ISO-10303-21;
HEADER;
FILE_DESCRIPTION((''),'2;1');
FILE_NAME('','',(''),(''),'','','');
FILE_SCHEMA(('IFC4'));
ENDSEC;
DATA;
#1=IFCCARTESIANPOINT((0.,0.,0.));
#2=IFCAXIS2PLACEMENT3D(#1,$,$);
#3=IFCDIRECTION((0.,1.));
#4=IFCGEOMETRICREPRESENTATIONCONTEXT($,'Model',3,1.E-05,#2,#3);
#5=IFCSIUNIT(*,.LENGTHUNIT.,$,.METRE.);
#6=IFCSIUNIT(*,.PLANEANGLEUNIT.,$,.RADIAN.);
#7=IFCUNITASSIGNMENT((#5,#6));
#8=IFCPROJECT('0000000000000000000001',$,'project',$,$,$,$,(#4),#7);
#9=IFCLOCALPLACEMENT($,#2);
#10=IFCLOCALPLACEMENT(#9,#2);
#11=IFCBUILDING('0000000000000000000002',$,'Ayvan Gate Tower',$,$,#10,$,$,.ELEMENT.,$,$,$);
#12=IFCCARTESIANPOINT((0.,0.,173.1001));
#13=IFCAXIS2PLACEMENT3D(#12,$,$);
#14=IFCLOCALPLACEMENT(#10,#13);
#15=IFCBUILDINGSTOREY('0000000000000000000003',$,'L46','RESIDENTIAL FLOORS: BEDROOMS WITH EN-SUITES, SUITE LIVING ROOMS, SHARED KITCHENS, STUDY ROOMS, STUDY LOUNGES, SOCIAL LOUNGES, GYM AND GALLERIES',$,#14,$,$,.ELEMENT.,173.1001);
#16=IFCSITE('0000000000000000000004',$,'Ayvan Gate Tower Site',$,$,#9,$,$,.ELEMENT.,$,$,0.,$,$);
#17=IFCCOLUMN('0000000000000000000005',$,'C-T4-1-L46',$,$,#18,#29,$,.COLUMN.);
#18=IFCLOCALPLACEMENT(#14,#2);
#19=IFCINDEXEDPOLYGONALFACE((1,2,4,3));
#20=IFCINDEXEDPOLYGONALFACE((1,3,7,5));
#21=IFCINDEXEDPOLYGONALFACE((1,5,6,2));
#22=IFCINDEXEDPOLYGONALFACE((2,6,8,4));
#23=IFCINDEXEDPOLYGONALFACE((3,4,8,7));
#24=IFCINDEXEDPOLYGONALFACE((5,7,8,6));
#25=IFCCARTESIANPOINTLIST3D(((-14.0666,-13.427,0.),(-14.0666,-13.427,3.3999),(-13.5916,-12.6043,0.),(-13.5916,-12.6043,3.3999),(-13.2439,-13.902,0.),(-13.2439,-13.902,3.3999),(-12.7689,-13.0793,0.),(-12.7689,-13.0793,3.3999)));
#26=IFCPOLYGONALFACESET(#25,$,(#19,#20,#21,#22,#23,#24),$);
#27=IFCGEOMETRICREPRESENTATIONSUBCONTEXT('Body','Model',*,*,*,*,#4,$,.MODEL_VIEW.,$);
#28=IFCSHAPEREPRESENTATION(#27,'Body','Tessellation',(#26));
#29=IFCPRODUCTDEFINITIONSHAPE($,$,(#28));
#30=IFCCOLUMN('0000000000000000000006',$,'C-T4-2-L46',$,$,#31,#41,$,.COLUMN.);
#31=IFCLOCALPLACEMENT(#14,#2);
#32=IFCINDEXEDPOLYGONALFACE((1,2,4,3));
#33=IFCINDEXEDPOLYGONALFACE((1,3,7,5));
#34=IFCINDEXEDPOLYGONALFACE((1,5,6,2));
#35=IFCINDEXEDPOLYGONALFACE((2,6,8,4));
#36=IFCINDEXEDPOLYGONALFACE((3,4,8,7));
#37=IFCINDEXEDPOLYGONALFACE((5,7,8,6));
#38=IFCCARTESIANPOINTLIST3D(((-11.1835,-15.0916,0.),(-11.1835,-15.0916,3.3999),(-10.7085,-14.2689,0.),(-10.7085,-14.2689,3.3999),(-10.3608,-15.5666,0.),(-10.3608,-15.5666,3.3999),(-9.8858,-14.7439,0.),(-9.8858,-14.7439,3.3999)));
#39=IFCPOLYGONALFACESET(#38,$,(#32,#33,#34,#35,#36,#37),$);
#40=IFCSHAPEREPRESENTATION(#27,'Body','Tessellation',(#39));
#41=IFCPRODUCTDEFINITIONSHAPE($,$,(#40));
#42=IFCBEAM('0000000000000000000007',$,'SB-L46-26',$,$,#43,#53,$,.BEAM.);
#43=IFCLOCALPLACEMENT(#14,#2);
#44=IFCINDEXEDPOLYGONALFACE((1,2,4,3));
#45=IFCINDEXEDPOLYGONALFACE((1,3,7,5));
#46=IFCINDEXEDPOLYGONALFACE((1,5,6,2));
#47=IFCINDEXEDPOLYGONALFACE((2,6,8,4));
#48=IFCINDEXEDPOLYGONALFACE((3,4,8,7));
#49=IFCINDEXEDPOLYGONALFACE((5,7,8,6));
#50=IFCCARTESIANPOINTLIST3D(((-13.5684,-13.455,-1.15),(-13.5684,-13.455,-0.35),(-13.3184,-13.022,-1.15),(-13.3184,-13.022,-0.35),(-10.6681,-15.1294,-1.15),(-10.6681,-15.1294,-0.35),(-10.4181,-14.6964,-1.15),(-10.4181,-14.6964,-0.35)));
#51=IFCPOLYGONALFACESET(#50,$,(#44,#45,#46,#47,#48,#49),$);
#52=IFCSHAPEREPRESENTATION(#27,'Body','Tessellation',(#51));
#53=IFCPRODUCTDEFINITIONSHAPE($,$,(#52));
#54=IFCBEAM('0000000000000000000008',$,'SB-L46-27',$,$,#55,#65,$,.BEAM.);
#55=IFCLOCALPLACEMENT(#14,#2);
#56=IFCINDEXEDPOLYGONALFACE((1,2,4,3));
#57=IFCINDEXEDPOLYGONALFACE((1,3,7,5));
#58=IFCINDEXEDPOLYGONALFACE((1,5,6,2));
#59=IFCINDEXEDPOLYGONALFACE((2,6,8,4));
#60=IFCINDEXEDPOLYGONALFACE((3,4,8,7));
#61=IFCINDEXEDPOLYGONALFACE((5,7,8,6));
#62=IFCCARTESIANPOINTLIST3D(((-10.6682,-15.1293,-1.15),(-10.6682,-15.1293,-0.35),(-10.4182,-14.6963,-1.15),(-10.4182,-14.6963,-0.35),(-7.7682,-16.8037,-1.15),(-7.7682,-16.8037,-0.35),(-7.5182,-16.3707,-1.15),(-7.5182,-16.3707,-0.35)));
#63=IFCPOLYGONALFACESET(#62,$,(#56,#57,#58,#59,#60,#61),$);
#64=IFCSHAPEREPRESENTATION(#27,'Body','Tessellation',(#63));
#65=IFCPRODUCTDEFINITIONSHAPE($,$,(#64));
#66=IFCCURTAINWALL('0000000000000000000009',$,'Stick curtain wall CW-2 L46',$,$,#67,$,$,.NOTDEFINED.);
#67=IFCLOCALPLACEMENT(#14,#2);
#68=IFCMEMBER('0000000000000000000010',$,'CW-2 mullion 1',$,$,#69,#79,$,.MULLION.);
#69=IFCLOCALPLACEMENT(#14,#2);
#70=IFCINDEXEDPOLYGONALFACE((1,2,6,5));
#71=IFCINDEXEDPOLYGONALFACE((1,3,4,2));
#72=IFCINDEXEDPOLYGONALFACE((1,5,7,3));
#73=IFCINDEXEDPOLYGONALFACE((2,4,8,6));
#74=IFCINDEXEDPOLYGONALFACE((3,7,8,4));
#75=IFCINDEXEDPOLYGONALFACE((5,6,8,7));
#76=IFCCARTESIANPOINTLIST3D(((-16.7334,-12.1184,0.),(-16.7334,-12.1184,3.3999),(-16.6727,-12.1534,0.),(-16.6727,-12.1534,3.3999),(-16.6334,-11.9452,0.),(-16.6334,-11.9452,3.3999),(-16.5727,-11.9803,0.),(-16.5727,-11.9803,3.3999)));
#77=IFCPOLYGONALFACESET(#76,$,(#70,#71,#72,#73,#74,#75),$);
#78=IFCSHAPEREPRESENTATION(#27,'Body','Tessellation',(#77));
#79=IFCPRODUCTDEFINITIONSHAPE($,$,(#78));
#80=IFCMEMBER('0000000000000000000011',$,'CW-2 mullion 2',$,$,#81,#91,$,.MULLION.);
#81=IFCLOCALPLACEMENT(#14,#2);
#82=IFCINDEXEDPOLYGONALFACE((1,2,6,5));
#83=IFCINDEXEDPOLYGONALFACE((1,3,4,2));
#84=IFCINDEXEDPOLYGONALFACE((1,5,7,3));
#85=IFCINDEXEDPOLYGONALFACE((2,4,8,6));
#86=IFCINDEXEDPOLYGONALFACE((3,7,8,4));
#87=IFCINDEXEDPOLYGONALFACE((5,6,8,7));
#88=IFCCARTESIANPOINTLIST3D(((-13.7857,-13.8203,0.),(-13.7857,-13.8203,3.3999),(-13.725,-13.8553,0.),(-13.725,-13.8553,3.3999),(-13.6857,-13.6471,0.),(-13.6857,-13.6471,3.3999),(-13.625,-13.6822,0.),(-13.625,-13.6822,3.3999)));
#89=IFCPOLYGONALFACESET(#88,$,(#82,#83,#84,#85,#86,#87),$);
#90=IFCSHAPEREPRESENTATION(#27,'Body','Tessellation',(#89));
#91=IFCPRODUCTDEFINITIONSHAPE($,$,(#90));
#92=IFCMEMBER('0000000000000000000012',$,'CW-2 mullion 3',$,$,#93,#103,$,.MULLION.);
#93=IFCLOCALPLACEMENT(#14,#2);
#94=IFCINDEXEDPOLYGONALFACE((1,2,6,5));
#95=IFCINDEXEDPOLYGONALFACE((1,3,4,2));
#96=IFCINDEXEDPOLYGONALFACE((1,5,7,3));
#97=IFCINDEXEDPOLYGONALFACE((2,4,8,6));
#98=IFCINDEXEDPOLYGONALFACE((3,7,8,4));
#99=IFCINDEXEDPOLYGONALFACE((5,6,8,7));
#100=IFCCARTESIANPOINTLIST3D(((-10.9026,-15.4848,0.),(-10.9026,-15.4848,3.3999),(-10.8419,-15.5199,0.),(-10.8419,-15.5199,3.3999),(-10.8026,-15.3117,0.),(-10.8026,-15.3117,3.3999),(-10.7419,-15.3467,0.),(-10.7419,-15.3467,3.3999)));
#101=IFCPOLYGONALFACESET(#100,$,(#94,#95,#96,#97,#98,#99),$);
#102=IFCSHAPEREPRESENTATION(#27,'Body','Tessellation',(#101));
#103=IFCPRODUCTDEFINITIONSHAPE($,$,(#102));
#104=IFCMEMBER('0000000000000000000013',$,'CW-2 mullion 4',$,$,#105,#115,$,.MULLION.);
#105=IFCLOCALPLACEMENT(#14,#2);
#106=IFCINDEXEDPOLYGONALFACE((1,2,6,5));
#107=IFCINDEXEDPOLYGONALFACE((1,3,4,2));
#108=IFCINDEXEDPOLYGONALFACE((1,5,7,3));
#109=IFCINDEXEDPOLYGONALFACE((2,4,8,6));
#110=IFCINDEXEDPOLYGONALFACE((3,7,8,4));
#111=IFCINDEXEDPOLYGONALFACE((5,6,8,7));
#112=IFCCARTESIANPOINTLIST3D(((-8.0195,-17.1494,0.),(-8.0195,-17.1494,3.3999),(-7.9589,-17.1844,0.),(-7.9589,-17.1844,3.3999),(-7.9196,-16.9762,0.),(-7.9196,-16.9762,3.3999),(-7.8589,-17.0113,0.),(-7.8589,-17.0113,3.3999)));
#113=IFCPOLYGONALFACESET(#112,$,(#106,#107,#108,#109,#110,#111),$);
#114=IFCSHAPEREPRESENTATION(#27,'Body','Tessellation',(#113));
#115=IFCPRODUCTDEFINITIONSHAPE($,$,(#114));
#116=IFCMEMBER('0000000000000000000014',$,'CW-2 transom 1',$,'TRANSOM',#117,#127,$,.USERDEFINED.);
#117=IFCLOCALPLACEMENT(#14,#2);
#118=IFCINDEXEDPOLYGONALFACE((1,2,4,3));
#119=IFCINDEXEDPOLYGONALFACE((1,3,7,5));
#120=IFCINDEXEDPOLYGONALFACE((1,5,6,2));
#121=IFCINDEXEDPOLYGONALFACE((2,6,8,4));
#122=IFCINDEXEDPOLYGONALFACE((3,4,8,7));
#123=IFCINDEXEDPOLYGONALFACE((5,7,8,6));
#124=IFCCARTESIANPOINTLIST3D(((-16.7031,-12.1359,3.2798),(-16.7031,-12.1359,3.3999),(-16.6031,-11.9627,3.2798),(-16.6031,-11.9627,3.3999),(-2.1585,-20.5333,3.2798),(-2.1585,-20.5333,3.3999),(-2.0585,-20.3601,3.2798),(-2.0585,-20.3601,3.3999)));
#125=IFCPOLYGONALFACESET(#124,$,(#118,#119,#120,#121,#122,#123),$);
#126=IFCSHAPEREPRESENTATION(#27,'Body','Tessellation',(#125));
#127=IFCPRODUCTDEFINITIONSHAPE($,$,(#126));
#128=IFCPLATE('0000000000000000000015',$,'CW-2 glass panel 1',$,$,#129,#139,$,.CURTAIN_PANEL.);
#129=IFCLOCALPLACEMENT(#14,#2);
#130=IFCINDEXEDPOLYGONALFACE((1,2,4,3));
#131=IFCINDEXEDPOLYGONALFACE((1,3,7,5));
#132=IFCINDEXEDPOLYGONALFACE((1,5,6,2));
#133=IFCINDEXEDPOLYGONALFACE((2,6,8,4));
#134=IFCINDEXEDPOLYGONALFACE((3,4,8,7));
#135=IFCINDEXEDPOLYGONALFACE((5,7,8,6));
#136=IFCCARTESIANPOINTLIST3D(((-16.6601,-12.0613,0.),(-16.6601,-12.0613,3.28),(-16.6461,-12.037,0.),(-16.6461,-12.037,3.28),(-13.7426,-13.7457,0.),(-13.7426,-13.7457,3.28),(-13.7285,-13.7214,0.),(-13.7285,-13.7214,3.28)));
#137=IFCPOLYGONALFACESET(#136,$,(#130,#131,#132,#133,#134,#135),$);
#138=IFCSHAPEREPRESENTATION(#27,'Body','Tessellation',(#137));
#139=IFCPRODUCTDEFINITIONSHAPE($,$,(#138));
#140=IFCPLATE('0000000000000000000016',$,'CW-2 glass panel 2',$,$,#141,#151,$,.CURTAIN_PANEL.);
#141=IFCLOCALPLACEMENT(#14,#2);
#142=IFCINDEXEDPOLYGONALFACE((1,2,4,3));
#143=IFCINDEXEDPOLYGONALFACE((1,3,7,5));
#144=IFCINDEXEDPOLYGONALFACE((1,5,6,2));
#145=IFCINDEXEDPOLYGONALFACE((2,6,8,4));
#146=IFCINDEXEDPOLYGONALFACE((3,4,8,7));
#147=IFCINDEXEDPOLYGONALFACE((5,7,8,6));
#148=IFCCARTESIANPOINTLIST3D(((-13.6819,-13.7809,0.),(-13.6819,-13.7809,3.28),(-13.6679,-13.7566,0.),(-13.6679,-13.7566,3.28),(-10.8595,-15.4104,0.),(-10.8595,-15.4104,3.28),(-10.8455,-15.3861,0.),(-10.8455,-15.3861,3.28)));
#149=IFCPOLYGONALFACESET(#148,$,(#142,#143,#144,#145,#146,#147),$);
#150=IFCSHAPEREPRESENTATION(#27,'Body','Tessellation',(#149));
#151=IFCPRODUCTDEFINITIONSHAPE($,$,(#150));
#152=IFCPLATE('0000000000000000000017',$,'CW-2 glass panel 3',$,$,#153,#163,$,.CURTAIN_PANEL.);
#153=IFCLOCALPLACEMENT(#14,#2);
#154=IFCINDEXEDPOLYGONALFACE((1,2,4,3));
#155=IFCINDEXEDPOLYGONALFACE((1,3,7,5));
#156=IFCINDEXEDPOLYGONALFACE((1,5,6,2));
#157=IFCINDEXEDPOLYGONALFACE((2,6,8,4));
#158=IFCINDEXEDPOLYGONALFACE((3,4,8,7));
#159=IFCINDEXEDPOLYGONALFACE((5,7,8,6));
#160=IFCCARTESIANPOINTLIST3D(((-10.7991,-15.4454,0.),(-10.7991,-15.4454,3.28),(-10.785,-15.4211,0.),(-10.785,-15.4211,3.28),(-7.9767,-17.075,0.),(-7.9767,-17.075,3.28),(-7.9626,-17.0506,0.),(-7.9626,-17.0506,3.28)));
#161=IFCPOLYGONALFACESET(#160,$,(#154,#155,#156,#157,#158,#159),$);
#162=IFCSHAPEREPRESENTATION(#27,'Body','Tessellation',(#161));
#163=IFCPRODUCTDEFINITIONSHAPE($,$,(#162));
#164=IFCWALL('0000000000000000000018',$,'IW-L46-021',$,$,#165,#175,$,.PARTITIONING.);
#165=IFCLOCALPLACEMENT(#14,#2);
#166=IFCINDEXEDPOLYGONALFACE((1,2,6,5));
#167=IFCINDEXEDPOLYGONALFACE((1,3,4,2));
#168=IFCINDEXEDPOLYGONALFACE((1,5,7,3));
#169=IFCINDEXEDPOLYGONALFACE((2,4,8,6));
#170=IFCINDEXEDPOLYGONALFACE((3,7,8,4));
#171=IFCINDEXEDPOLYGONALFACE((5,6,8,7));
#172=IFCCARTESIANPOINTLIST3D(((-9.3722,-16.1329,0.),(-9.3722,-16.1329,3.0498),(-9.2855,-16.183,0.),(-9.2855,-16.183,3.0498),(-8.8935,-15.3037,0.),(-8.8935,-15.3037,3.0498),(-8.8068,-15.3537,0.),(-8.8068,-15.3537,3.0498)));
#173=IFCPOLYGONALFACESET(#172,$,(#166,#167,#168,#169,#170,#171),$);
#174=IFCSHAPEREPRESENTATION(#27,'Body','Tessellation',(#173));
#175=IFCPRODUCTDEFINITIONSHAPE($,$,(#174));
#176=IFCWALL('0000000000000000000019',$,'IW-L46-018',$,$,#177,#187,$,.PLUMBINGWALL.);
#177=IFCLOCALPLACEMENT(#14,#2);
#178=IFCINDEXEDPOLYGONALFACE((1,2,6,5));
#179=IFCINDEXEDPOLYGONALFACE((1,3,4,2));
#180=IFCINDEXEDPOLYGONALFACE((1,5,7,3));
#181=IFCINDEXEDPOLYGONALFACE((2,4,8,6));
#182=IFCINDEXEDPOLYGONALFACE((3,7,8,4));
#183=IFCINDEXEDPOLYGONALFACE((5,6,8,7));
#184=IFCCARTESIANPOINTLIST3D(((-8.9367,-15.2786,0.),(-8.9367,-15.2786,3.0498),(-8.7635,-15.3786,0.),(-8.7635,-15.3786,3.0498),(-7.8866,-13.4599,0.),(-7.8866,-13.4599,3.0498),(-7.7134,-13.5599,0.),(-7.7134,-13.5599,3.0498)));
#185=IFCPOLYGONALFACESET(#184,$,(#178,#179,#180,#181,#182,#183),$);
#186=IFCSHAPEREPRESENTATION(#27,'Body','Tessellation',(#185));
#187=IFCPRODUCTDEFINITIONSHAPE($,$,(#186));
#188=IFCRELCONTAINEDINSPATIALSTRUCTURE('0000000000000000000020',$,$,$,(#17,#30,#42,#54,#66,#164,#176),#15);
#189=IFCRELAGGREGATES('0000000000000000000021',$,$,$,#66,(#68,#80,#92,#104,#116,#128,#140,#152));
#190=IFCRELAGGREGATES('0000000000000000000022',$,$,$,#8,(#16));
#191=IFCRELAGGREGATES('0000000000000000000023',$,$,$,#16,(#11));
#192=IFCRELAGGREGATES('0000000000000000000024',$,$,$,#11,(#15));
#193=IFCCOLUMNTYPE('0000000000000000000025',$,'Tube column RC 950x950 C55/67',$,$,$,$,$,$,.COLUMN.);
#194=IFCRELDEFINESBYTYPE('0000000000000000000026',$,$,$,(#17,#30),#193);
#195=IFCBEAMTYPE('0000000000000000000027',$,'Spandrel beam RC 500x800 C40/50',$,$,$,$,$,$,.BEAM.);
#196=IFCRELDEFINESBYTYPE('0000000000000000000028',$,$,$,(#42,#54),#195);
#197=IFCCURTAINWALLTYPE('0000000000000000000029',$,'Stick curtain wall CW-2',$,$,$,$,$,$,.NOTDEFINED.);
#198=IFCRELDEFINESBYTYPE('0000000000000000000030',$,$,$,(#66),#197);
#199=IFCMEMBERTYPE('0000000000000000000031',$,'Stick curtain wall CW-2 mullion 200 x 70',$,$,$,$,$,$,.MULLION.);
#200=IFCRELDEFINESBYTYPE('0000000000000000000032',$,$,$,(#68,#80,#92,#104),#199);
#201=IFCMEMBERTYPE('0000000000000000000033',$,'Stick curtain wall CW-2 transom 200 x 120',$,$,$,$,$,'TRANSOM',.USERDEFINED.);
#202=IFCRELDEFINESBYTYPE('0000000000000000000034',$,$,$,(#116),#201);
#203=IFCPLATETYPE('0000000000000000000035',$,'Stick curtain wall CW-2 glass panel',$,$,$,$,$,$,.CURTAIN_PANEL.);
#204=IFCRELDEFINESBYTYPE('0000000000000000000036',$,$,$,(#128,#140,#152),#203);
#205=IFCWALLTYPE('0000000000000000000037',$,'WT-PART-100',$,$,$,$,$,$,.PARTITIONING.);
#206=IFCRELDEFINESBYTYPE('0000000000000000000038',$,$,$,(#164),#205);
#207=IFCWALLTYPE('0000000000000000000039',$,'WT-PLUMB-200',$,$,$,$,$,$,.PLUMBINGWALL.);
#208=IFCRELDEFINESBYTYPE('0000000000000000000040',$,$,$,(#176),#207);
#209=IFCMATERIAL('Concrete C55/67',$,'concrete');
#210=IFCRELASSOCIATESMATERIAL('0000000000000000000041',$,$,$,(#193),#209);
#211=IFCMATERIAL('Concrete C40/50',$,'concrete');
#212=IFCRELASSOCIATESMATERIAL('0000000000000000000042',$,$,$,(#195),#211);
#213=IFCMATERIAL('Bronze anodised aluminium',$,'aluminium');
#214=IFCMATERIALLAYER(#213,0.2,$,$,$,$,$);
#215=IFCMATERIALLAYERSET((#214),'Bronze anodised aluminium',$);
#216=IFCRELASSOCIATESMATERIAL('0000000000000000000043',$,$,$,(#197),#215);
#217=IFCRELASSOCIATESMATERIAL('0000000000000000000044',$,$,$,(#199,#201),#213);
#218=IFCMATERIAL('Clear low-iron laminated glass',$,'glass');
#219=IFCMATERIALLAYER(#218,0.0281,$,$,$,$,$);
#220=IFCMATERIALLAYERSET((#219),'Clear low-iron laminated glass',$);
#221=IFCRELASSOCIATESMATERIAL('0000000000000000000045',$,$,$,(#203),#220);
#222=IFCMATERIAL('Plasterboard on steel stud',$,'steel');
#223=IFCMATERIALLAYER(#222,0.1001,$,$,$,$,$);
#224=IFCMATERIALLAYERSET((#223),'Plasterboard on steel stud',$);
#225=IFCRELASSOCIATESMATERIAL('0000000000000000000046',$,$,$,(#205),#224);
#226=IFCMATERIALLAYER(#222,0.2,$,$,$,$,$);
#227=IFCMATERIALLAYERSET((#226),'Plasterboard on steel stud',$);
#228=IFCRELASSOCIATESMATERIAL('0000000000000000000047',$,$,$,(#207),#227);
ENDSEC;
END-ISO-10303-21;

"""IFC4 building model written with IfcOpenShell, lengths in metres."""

from ifc_helpers import new_model, si_unit, direction, frame, frame_2d, origin, origin_2d, place, context, subcontext, project, spatial, rectangle, extrude, material, layer, layer_set, material_profile, profile_set, type_object, element, aggregate, save


model = new_model("IFC4")

# Units and contexts
model_context = context("Model", 3, precision=1e-05, world=origin(), true_north=direction((0.0, 1.0)))
body_context = subcontext(model_context, "Body", "Model", "MODEL_VIEW")
ifc_project = project(units=[si_unit("LENGTHUNIT", "METRE"), si_unit("PLANEANGLEUNIT", "RADIAN")], contexts=[model_context])

# Site, building, storey
site_placement = place(None, origin())
site = spatial("IfcSite", under=ifc_project, at=site_placement, Name="Ayvan Gate Tower Site", CompositionType="ELEMENT", RefElevation=0.0)
building_placement = place(site_placement, origin())
building = spatial("IfcBuilding", under=site, at=building_placement, Name="Ayvan Gate Tower", CompositionType="ELEMENT")
storey_placement = place(building_placement, frame((0.0, 0.0, 173.1001)))
storey = spatial("IfcBuildingStorey", under=building, at=storey_placement, Name="L46", Description="RESIDENTIAL FLOORS: BEDROOMS WITH EN-SUITES, SUITE LIVING ROOMS, SHARED KITCHENS, STUDY ROOMS, STUDY LOUNGES, SOCIAL LOUNGES, GYM AND GALLERIES", CompositionType="ELEMENT", Elevation=173.1001)

# Columns
ifc_material_1 = material(Name="Concrete C55/67", Category="concrete")
ifc_material_profile_1 = material_profile(ifc_material_1, rectangle(XDim=0.95, YDim=0.95, at=origin_2d()), Name="RC 950x950")
ifc_profile_set_1 = profile_set([ifc_material_profile_1], Name="Concrete C55/67")
column_type = type_object("IfcColumnType", Name="Tube column RC 950x950 C55/67", PredefinedType="COLUMN", material=ifc_profile_set_1)
for number, where, z_axis, x_axis, name in (
    (1, (-13.4177, -13.2532, 0.0), (0.0, 0.0, 1.0), (-0.5, -0.866025, 0.0), "C-T4-1-L46"),
    (2, (-10.5347, -14.9177, 0.0), (0.0, 0.0, 1.0), (-0.5, -0.866025, 0.0), "C-T4-2-L46"),
):
    element("IfcColumn", number, at=place(storey_placement, frame(where, z_axis=z_axis, x_axis=x_axis)), inside=storey, type_object=column_type, Name=name, PredefinedType="COLUMN", context=body_context, shape_type="SweptSolid", body=[
        extrude(rectangle(XDim=0.95, YDim=0.95, at=origin_2d()), origin(), (0.0, 0.0, 1.0), 3.3999),
    ])

# Beams
ifc_material_2 = material(Name="Concrete C40/50", Category="concrete")
ifc_material_profile_2 = material_profile(ifc_material_2, rectangle(XDim=0.5, YDim=0.8, at=origin_2d()), Name="RC 500x800")
ifc_profile_set_2 = profile_set([ifc_material_profile_2], Name="Concrete C40/50")
beam_type = type_object("IfcBeamType", Name="Spandrel beam RC 500x800 C40/50", PredefinedType="BEAM", material=ifc_profile_set_2)
beam_1_placement = place(storey_placement, frame((-13.4434, -13.2385, -0.75), z_axis=(0.866036, -0.499981, 0.0), x_axis=(0.499981, 0.866036, 0.0)))
element("IfcBeam", 3, at=beam_1_placement, inside=storey, type_object=beam_type, Name="SB-L46-26", PredefinedType="BEAM", context=body_context, shape_type="SweptSolid", body=[
    extrude(rectangle(XDim=0.5, YDim=0.8, at=origin_2d()), origin(), (0.0, 0.0, 1.0), 3.3489),
])
beam_2_placement = place(storey_placement, frame((-10.5432, -14.9128, -0.75), z_axis=(0.866018, -0.500013, 0.0), x_axis=(0.500013, 0.866018, 0.0)))
element("IfcBeam", 4, at=beam_2_placement, inside=storey, type_object=beam_type, Name="SB-L46-27", PredefinedType="BEAM", context=body_context, shape_type="SweptSolid", body=[
    extrude(rectangle(XDim=0.5, YDim=0.8, at=origin_2d()), origin(), (0.0, 0.0, 1.0), 3.3486),
])

# Curtain wall, members, plates
ifc_material_3 = material(Name="Bronze anodised aluminium", Category="aluminium")
ifc_layer_1 = layer(ifc_material_3, 0.2)
ifc_layer_set_1 = layer_set([ifc_layer_1], Name="Bronze anodised aluminium")
curtain_wall_type = type_object("IfcCurtainWallType", Name="Stick curtain wall CW-2", PredefinedType="NOTDEFINED", material=ifc_layer_set_1)
curtain_wall_placement = place(storey_placement, origin())
curtain_wall = element("IfcCurtainWall", 5, at=curtain_wall_placement, inside=storey, type_object=curtain_wall_type, Name="Stick curtain wall CW-2 L46", PredefinedType="NOTDEFINED")
ifc_material_profile_3 = material_profile(ifc_material_3, rectangle(XDim=0.2, YDim=0.0701, at=origin_2d()), Name="Stick curtain wall CW-2 mullion 200 x 70")
ifc_profile_set_3 = profile_set([ifc_material_profile_3], Name="Bronze anodised aluminium")
member_type_1 = type_object("IfcMemberType", Name="Stick curtain wall CW-2 mullion 200 x 70", PredefinedType="MULLION", material=ifc_profile_set_3)
member_1_placement = place(storey_placement, frame((-16.6531, -12.0493, 0.0), z_axis=(0.0, 0.0, 1.0), x_axis=(-0.5, -0.866025, 0.0)))
member_1 = element("IfcMember", 6, at=member_1_placement, type_object=member_type_1, Name="CW-2 mullion 1", PredefinedType="MULLION", context=body_context, shape_type="SweptSolid", body=[
    extrude(rectangle(XDim=0.2, YDim=0.0701, at=origin_2d()), origin(), (0.0, 0.0, 1.0), 3.3999),
])
member_2_placement = place(storey_placement, frame((-13.7053, -13.7512, 0.0), z_axis=(0.0, 0.0, 1.0), x_axis=(-0.5, -0.866025, 0.0)))
member_2 = element("IfcMember", 7, at=member_2_placement, type_object=member_type_1, Name="CW-2 mullion 2", PredefinedType="MULLION", context=body_context, shape_type="SweptSolid", body=[
    extrude(rectangle(XDim=0.2, YDim=0.0701, at=origin_2d()), origin(), (0.0, 0.0, 1.0), 3.3999),
])
member_3_placement = place(storey_placement, frame((-10.8223, -15.4158, 0.0), z_axis=(0.0, 0.0, 1.0), x_axis=(-0.5, -0.866025, 0.0)))
member_3 = element("IfcMember", 8, at=member_3_placement, type_object=member_type_1, Name="CW-2 mullion 3", PredefinedType="MULLION", context=body_context, shape_type="SweptSolid", body=[
    extrude(rectangle(XDim=0.2, YDim=0.0701, at=origin_2d()), origin(), (0.0, 0.0, 1.0), 3.3999),
])
member_4_placement = place(storey_placement, frame((-7.9392, -17.0803, 0.0), z_axis=(0.0, 0.0, 1.0), x_axis=(-0.5, -0.866025, 0.0)))
member_4 = element("IfcMember", 9, at=member_4_placement, type_object=member_type_1, Name="CW-2 mullion 4", PredefinedType="MULLION", context=body_context, shape_type="SweptSolid", body=[
    extrude(rectangle(XDim=0.2, YDim=0.0701, at=origin_2d()), origin(), (0.0, 0.0, 1.0), 3.3999),
])
ifc_material_profile_4 = material_profile(ifc_material_3, rectangle(XDim=0.2, YDim=0.1201, at=origin_2d()), Name="Stick curtain wall CW-2 transom 200 x 120")
ifc_profile_set_4 = profile_set([ifc_material_profile_4], Name="Bronze anodised aluminium")
member_type_2 = type_object("IfcMemberType", Name="Stick curtain wall CW-2 transom 200 x 120", ElementType="TRANSOM", PredefinedType="USERDEFINED", material=ifc_profile_set_4)
member_5_placement = place(storey_placement, frame((-16.6531, -12.0493, 3.3398), z_axis=(0.866023, -0.500004, 0.0), x_axis=(0.500004, 0.866023, 0.0)))
member_5 = element("IfcMember", 10, at=member_5_placement, type_object=member_type_2, Name="CW-2 transom 1", ObjectType="TRANSOM", PredefinedType="USERDEFINED", context=body_context, shape_type="SweptSolid", body=[
    extrude(rectangle(XDim=0.2, YDim=0.1201, at=origin_2d()), origin(), (0.0, 0.0, 1.0), 16.7947),
])
ifc_material_4 = material(Name="Clear low-iron laminated glass", Category="glass")
ifc_layer_2 = layer(ifc_material_4, 0.0281)
ifc_layer_set_2 = layer_set([ifc_layer_2], Name="Clear low-iron laminated glass")
plate_type = type_object("IfcPlateType", Name="Stick curtain wall CW-2 glass panel", PredefinedType="CURTAIN_PANEL", material=ifc_layer_set_2)
plate_1_placement = place(storey_placement, frame((-15.1943, -12.8914, 0.0), z_axis=(0.0, 0.0, 1.0), x_axis=(0.866025, -0.5, 0.0)))
plate_1 = element("IfcPlate", 11, at=plate_1_placement, type_object=plate_type, Name="CW-2 glass panel 1", PredefinedType="CURTAIN_PANEL", context=body_context, shape_type="SweptSolid", body=[
    extrude(rectangle(XDim=3.3689, YDim=0.0281, at=origin_2d()), origin(), (0.0, 0.0, 1.0), 3.28),
])
plate_2_placement = place(storey_placement, frame((-12.2637, -14.5835, 0.0), z_axis=(0.0, 0.0, 1.0), x_axis=(0.866025, -0.5, 0.0)))
plate_2 = element("IfcPlate", 12, at=plate_2_placement, type_object=plate_type, Name="CW-2 glass panel 2", PredefinedType="CURTAIN_PANEL", context=body_context, shape_type="SweptSolid", body=[
    extrude(rectangle(XDim=3.259, YDim=0.0281, at=origin_2d()), origin(), (0.0, 0.0, 1.0), 3.28),
])
plate_3_placement = place(storey_placement, frame((-9.3809, -16.248, 0.0), z_axis=(0.0, 0.0, 1.0), x_axis=(0.866025, -0.5, 0.0)))
plate_3 = element("IfcPlate", 13, at=plate_3_placement, type_object=plate_type, Name="CW-2 glass panel 3", PredefinedType="CURTAIN_PANEL", context=body_context, shape_type="SweptSolid", body=[
    extrude(rectangle(XDim=3.259, YDim=0.0281, at=origin_2d()), origin(), (0.0, 0.0, 1.0), 3.28),
])
aggregate(curtain_wall, [member_1, member_2, member_3, member_4, member_5, plate_1, plate_2, plate_3])

# Walls
ifc_material_5 = material(Name="Plasterboard on steel stud", Category="steel")
ifc_layer_3 = layer(ifc_material_5, 0.1001)
ifc_layer_set_3 = layer_set([ifc_layer_3], Name="Plasterboard on steel stud")
wall_type_1 = type_object("IfcWallType", Name="WT-PART-100", PredefinedType="PARTITIONING", material=ifc_layer_set_3)
wall_1_placement = place(storey_placement, frame((-9.3289, -16.158, 0.0), z_axis=(0.0, 0.0, 1.0), x_axis=(0.499951, 0.866054, 0.0)))
element("IfcWall", 14, at=wall_1_placement, inside=storey, type_object=wall_type_1, Name="IW-L46-021", PredefinedType="PARTITIONING", context=body_context, shape_type="SweptSolid", body=[
    extrude(rectangle(XDim=0.9575, YDim=0.1001, at=frame_2d((0.4788, 0.0))), origin(), (0.0, 0.0, 1.0), 3.0498),
])
ifc_layer_4 = layer(ifc_material_5, 0.2)
ifc_layer_set_4 = layer_set([ifc_layer_4], Name="Plasterboard on steel stud")
wall_type_2 = type_object("IfcWallType", Name="WT-PLUMB-200", PredefinedType="PLUMBINGWALL", material=ifc_layer_set_4)
wall_2_placement = place(storey_placement, frame((-8.8501, -15.3286, 0.0), z_axis=(0.0, 0.0, 1.0), x_axis=(0.500028, 0.866009, 0.0)))
element("IfcWall", 15, at=wall_2_placement, inside=storey, type_object=wall_type_2, Name="IW-L46-018", PredefinedType="PLUMBINGWALL", context=body_context, shape_type="SweptSolid", body=[
    extrude(rectangle(XDim=2.1001, YDim=0.2, at=frame_2d((1.05, 0.0))), origin(), (0.0, 0.0, 1.0), 3.0498),
])

save(model, "model.ifc")
